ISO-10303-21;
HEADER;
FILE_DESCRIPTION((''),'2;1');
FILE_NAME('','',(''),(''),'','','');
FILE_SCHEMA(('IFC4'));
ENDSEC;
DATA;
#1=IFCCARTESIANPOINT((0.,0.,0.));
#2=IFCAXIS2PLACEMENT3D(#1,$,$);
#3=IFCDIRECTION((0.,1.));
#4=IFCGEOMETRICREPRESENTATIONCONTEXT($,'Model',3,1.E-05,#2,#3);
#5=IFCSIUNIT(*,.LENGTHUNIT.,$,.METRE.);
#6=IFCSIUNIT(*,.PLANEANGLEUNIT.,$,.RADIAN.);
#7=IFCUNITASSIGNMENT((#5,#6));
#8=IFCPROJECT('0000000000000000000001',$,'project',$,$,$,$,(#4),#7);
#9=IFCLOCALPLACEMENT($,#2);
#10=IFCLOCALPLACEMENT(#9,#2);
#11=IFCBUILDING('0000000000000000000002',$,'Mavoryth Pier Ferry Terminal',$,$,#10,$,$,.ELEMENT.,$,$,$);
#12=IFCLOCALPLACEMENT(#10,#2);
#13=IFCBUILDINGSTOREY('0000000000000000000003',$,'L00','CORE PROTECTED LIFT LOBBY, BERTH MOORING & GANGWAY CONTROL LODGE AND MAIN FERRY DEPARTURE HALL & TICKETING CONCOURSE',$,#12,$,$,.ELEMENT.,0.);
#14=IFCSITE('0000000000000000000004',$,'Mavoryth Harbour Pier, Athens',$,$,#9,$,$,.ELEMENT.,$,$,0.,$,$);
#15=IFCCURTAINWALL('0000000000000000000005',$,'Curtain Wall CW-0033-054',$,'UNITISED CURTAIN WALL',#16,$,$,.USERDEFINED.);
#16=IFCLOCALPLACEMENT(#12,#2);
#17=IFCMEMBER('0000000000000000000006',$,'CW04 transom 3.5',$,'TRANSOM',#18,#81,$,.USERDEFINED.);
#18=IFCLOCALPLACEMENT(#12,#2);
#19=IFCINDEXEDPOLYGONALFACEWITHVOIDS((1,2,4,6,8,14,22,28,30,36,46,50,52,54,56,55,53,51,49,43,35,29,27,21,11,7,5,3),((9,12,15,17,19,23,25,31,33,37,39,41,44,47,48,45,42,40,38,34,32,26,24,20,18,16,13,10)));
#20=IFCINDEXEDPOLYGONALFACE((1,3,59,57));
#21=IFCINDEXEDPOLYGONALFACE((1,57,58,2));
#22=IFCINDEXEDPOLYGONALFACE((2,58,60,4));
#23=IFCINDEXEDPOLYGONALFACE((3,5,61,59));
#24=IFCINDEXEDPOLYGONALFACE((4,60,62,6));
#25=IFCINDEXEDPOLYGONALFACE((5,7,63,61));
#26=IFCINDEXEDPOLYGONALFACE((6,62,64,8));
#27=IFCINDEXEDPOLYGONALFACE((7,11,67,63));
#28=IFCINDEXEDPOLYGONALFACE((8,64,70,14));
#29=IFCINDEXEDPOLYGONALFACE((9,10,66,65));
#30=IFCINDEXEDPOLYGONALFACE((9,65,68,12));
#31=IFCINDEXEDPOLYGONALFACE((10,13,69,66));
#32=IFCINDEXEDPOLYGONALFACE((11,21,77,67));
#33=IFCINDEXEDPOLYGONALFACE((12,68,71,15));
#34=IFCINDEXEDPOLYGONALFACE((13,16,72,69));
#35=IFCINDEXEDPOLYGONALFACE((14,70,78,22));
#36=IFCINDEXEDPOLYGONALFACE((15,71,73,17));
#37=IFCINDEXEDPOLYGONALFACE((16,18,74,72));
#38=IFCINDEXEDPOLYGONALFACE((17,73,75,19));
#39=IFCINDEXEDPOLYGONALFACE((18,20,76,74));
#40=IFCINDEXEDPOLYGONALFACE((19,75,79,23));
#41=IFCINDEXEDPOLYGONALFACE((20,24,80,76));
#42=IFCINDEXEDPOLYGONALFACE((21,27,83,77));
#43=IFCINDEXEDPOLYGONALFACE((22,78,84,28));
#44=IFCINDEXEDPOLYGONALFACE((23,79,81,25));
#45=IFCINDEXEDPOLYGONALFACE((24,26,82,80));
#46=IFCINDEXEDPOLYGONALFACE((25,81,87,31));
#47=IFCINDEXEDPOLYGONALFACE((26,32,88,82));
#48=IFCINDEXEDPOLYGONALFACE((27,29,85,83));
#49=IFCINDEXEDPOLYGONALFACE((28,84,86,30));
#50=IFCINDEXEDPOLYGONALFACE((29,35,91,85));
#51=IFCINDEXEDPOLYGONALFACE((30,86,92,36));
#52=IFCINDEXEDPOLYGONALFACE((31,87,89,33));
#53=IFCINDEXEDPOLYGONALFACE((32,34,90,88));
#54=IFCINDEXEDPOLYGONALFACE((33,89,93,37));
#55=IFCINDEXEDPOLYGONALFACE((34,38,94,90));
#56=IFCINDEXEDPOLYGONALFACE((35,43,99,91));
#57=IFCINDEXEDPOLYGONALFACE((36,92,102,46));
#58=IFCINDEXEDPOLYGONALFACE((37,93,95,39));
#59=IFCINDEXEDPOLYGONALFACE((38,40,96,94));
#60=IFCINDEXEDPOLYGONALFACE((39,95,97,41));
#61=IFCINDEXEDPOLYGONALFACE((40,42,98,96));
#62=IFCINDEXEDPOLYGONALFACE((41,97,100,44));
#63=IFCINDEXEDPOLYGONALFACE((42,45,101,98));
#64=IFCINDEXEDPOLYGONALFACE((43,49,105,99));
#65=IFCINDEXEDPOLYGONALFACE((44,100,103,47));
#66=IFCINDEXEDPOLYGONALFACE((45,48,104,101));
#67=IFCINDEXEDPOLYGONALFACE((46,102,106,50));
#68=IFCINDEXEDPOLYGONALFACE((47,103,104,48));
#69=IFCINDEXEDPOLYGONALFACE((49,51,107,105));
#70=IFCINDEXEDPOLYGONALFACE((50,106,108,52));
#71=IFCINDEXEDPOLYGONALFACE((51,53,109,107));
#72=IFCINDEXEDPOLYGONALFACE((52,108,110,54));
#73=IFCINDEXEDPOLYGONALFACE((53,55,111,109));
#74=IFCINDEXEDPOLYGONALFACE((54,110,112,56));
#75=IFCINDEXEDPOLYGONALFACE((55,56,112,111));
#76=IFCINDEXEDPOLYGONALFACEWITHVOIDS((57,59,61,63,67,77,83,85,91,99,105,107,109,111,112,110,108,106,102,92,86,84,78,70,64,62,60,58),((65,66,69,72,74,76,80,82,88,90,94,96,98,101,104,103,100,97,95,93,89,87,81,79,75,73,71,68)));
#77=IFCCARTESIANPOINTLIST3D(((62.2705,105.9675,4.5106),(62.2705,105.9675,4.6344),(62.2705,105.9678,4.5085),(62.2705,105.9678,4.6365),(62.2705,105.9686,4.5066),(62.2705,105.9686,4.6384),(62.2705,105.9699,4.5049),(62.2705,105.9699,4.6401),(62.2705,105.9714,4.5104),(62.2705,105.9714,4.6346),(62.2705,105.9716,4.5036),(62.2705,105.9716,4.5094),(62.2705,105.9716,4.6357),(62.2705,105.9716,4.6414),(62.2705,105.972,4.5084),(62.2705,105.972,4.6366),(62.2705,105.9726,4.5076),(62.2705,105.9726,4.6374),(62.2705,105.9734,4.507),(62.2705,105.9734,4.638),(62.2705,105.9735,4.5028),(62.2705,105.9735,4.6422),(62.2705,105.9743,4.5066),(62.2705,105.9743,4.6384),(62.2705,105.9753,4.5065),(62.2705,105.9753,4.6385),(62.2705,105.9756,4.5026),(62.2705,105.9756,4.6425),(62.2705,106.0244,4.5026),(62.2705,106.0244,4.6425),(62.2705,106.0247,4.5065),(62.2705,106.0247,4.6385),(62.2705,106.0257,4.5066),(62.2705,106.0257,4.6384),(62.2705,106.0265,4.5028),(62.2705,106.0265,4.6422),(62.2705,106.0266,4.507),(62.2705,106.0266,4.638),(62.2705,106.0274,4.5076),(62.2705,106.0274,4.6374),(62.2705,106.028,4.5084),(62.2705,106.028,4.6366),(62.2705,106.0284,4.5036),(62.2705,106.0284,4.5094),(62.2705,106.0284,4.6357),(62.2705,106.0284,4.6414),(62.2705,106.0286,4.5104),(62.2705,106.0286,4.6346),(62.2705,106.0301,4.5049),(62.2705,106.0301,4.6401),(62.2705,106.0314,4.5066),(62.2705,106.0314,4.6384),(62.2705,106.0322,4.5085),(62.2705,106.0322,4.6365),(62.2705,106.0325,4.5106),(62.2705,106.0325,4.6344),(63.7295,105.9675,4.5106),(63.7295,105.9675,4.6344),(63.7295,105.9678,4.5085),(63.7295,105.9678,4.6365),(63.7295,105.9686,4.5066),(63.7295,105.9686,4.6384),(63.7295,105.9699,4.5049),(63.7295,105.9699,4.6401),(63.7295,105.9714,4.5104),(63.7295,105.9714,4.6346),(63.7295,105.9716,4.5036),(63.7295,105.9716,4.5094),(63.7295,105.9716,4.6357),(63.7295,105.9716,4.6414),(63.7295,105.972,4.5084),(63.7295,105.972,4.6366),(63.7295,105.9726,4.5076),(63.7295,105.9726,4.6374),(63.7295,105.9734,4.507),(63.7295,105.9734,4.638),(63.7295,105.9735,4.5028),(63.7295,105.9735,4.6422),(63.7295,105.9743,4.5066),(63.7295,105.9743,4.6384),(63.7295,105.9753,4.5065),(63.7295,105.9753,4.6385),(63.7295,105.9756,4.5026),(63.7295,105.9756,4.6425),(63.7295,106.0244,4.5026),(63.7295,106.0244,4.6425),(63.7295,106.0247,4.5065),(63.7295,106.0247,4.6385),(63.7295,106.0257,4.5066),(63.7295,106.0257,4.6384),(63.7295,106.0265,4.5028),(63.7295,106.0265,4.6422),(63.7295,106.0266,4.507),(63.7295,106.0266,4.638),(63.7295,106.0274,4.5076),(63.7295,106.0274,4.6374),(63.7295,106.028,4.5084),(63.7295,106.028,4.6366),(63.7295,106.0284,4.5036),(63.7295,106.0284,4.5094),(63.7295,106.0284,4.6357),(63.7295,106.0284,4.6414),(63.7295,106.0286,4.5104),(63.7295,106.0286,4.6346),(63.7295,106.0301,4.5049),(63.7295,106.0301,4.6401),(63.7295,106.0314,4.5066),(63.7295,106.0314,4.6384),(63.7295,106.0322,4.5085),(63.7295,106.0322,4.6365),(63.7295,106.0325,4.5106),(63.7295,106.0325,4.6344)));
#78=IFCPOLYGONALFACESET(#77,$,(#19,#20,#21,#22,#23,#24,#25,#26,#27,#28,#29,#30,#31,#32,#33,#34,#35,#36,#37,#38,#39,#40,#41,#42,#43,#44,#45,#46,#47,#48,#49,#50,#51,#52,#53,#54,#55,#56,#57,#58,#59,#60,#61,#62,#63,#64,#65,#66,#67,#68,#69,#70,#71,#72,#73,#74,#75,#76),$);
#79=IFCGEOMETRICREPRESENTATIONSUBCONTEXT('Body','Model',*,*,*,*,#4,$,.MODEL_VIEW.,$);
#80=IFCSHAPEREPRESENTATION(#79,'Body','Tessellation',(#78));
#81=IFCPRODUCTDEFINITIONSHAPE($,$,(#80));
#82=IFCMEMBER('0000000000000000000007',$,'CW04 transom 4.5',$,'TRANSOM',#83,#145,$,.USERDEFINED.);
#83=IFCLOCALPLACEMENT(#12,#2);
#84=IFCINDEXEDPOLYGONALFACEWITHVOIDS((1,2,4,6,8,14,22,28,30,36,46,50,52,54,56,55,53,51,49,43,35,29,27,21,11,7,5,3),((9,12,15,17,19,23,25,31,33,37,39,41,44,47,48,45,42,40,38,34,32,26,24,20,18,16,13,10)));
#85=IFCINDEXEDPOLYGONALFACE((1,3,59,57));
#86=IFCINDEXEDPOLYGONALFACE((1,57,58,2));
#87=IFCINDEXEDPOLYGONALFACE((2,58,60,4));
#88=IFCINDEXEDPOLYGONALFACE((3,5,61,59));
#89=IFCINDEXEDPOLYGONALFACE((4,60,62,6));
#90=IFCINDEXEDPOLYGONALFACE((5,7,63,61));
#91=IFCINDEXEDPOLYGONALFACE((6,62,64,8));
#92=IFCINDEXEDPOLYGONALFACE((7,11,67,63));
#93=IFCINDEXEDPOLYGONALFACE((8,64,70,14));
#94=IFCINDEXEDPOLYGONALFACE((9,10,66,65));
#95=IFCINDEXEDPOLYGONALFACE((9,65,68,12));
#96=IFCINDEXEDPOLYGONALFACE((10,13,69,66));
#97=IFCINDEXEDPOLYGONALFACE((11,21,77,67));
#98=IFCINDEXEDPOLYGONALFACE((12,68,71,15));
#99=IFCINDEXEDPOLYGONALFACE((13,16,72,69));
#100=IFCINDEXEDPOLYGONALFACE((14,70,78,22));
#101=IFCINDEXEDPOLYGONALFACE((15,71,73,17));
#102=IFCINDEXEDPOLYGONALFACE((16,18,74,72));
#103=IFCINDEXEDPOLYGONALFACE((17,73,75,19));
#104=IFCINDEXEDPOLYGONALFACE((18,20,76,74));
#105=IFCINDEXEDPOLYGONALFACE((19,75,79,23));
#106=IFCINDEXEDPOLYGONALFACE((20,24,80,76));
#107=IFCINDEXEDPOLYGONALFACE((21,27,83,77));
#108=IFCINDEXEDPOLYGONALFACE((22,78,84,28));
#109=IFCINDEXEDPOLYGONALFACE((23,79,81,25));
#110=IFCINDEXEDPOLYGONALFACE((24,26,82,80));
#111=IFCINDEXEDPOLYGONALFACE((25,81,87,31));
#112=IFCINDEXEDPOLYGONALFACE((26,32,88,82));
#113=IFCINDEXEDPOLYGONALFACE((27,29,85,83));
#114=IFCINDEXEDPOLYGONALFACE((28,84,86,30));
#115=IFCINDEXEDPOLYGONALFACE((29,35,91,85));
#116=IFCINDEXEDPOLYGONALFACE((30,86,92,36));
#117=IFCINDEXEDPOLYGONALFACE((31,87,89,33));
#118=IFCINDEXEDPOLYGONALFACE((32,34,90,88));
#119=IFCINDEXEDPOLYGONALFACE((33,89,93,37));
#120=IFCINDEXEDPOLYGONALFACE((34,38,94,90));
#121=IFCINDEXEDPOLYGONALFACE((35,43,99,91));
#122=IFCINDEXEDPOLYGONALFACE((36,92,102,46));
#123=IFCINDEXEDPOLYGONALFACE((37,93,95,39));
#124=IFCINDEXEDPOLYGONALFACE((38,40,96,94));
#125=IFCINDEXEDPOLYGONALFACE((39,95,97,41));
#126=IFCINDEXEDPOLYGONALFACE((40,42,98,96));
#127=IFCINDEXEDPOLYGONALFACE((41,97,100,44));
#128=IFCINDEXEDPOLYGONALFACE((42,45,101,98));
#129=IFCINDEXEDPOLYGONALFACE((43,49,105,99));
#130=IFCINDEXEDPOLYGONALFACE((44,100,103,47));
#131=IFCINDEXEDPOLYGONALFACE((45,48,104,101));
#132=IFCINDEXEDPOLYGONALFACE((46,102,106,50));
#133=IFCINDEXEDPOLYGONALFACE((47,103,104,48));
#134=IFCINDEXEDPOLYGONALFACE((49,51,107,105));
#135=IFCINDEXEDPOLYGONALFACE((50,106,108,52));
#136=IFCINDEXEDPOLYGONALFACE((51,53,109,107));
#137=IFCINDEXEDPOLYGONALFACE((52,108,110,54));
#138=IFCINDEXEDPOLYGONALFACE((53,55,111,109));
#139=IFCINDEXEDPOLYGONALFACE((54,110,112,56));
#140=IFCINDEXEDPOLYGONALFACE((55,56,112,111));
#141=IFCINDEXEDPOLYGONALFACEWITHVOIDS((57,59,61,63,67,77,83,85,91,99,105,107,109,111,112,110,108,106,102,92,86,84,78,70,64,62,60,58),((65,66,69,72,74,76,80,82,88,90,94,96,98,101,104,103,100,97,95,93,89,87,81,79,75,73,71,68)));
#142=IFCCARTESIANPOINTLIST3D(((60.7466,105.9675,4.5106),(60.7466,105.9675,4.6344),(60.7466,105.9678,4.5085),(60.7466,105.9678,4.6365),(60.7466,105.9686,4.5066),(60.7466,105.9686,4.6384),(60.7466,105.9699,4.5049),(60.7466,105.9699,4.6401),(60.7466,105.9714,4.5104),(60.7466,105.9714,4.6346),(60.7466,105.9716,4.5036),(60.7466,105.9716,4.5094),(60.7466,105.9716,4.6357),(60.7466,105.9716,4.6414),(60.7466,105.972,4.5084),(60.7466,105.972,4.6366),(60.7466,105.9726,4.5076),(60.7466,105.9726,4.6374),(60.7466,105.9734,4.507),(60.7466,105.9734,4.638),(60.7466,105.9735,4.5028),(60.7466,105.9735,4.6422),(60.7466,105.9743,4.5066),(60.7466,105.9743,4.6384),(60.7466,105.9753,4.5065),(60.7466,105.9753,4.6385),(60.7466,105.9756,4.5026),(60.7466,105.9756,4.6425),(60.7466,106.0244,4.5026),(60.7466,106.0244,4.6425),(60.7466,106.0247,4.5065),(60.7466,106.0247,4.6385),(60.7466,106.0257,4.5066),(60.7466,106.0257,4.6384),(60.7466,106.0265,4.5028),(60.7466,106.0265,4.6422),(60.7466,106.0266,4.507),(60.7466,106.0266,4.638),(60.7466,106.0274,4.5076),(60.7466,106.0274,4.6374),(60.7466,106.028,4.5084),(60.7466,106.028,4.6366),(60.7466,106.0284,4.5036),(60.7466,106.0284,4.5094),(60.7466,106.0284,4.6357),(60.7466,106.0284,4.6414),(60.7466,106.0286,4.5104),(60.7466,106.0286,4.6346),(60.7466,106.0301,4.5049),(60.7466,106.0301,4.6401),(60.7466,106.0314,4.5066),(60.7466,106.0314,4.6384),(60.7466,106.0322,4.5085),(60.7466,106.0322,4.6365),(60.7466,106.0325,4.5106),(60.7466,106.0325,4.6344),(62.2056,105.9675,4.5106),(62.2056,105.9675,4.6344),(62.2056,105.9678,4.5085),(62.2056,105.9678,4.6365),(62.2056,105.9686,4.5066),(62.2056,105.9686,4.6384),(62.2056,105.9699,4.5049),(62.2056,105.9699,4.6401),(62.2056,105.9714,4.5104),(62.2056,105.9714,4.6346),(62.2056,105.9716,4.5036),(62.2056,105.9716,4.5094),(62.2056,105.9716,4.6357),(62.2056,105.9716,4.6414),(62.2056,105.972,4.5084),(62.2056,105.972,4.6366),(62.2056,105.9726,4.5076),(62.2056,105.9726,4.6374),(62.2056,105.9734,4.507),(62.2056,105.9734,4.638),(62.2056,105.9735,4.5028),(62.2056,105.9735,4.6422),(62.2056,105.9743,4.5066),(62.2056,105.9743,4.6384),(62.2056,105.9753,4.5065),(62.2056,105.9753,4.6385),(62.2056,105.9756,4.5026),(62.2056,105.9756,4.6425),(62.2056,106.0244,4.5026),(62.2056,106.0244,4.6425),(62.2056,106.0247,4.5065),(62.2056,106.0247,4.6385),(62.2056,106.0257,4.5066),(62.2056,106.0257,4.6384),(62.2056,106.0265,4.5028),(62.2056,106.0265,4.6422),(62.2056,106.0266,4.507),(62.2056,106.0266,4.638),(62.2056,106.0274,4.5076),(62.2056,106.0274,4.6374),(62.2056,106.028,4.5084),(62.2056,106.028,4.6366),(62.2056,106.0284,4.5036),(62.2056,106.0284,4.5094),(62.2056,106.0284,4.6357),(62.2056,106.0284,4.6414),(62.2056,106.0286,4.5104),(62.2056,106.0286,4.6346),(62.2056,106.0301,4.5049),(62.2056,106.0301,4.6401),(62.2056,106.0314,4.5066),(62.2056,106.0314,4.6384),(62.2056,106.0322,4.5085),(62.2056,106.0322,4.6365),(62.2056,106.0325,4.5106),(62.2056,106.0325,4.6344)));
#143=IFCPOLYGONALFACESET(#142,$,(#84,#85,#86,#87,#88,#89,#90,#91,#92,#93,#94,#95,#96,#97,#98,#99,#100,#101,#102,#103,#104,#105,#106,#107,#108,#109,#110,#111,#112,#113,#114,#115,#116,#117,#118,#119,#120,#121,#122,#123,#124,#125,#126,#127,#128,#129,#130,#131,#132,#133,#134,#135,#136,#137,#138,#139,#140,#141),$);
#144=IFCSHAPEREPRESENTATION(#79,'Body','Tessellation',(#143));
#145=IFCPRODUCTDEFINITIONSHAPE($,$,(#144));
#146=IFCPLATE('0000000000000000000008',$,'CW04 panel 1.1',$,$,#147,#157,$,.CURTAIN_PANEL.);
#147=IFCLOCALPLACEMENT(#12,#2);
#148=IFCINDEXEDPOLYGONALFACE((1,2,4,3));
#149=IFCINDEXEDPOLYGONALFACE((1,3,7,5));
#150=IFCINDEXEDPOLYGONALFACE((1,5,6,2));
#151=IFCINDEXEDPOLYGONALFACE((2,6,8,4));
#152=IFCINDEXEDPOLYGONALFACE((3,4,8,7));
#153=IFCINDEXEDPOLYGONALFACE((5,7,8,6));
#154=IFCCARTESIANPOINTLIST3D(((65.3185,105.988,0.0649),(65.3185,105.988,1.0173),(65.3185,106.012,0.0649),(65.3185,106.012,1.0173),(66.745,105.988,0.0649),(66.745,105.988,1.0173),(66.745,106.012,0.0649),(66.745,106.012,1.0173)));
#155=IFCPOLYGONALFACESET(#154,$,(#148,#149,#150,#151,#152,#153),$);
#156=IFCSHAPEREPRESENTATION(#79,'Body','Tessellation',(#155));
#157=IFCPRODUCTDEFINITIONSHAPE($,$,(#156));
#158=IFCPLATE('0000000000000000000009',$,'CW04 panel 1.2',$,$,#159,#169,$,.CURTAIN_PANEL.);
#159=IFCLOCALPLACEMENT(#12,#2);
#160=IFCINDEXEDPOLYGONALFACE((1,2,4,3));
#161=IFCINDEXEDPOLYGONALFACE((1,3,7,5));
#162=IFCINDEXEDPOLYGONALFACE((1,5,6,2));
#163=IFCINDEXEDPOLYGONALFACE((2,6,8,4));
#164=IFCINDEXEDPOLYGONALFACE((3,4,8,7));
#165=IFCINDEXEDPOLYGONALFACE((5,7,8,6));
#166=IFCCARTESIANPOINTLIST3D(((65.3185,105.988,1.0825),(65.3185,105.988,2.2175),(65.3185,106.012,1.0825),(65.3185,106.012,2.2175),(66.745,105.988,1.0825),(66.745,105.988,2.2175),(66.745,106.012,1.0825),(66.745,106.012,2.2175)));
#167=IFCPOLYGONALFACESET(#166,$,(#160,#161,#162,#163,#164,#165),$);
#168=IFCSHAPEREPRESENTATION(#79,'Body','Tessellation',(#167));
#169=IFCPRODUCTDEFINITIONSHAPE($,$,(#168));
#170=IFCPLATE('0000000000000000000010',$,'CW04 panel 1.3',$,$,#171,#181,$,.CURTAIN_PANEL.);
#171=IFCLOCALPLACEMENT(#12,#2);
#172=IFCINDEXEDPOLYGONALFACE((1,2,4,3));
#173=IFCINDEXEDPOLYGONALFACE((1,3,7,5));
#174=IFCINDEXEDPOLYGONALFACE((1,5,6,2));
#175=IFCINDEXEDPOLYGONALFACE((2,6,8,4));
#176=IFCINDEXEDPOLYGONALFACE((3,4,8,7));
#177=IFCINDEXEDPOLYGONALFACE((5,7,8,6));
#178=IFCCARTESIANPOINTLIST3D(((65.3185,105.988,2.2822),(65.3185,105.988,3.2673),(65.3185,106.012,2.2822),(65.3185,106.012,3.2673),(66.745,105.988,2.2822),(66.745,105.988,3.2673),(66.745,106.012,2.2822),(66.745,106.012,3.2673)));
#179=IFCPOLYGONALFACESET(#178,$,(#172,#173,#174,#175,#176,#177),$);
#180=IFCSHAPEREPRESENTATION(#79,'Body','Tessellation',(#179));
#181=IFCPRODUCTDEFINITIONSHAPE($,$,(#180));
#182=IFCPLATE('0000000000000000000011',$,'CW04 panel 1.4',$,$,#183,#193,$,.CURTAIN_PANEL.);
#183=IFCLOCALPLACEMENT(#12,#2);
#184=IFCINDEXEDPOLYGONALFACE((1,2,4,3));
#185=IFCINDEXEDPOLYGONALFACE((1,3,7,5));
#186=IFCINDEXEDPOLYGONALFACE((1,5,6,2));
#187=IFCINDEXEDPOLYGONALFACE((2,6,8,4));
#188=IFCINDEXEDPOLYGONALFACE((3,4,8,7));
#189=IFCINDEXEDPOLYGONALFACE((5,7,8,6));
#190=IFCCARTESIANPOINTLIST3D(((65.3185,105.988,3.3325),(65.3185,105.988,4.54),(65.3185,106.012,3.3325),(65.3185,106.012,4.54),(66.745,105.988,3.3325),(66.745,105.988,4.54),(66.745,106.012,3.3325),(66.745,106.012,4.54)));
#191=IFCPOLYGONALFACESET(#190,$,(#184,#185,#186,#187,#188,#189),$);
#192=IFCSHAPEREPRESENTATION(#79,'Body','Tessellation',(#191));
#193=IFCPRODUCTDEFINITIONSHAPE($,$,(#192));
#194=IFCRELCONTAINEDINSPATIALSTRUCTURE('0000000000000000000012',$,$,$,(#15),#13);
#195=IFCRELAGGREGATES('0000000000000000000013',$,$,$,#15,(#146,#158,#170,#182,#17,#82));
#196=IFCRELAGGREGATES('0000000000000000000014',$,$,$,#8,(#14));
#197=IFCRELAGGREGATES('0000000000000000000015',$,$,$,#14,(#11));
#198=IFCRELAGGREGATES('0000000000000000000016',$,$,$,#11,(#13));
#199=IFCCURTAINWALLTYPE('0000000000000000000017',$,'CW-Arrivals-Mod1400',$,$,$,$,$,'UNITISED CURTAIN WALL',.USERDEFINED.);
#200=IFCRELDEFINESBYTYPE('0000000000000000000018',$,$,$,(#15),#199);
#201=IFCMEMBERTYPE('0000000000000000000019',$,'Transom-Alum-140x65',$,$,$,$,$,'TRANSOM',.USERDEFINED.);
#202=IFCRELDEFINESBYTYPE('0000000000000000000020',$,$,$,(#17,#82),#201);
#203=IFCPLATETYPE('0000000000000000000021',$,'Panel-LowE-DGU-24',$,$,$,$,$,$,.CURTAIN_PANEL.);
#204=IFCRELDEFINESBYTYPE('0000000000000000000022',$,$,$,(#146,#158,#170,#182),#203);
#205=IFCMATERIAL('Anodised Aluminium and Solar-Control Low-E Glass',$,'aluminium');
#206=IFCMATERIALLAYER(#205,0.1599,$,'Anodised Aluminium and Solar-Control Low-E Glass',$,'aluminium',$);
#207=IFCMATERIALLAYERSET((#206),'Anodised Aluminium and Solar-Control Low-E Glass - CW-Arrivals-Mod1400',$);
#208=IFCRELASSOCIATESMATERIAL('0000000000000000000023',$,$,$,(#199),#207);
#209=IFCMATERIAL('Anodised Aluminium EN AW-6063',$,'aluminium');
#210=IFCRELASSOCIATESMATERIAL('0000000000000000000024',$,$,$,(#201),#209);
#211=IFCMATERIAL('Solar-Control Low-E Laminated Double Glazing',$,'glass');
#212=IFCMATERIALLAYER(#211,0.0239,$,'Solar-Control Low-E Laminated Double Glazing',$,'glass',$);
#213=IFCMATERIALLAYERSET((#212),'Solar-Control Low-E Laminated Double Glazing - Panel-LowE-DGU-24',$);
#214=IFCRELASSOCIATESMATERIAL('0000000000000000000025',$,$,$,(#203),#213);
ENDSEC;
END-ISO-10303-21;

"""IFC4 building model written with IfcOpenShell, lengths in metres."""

from ifc_helpers import new_model, si_unit, direction, frame, origin, origin_2d, place, context, subcontext, project, spatial, rectangle, hollow_rectangle, extrude, material, layer, layer_set, material_profile, profile_set, type_object, element, aggregate, save


model = new_model("IFC4")

# Units and contexts
model_context = context("Model", 3, precision=1e-05, world=origin(), true_north=direction((0.0, 1.0)))
body_context = subcontext(model_context, "Body", "Model", "MODEL_VIEW")
ifc_project = project(units=[si_unit("LENGTHUNIT", "METRE"), si_unit("PLANEANGLEUNIT", "RADIAN")], contexts=[model_context])

# Site, building, storey
site_placement = place(None, origin())
site = spatial("IfcSite", under=ifc_project, at=site_placement, Name="Mavoryth Harbour Pier, Athens", CompositionType="ELEMENT", RefElevation=0.0)
building_placement = place(site_placement, origin())
building = spatial("IfcBuilding", under=site, at=building_placement, Name="Mavoryth Pier Ferry Terminal", CompositionType="ELEMENT")
storey_placement = place(building_placement, origin())
storey = spatial("IfcBuildingStorey", under=building, at=storey_placement, Name="L00", Description="CORE PROTECTED LIFT LOBBY, BERTH MOORING & GANGWAY CONTROL LODGE AND MAIN FERRY DEPARTURE HALL & TICKETING CONCOURSE", CompositionType="ELEMENT", Elevation=0.0)

# Curtain wall, members, plates
ifc_material_1 = material(Name="Anodised Aluminium and Solar-Control Low-E Glass", Category="aluminium")
ifc_layer_1 = layer(ifc_material_1, 0.1599, Name="Anodised Aluminium and Solar-Control Low-E Glass", Category="aluminium")
ifc_layer_set_1 = layer_set([ifc_layer_1], Name="Anodised Aluminium and Solar-Control Low-E Glass - CW-Arrivals-Mod1400")
curtain_wall_type = type_object("IfcCurtainWallType", Name="CW-Arrivals-Mod1400", ElementType="UNITISED CURTAIN WALL", PredefinedType="USERDEFINED", material=ifc_layer_set_1)
curtain_wall_placement = place(storey_placement, origin())
curtain_wall = element("IfcCurtainWall", 1, at=curtain_wall_placement, inside=storey, type_object=curtain_wall_type, Name="Curtain Wall CW-0033-054", ObjectType="UNITISED CURTAIN WALL", PredefinedType="USERDEFINED")
ifc_material_2 = material(Name="Anodised Aluminium EN AW-6063", Category="aluminium")
ifc_material_profile_1 = material_profile(ifc_material_2, hollow_rectangle(XDim=0.0649, YDim=0.1399, WallThickness=0.0039, InnerFilletRadius=0.0039, OuterFilletRadius=0.0081, at=origin_2d()), Name="AL-TRAN 140x65x4", Category="aluminium")
ifc_profile_set_1 = profile_set([ifc_material_profile_1], Name="Anodised Aluminium EN AW-6063 - AL-TRAN 140x65x4")
member_type_1 = type_object("IfcMemberType", Name="Transom-Alum-140x65", ElementType="TRANSOM", PredefinedType="USERDEFINED", material=ifc_profile_set_1)
member_1_placement = place(storey_placement, frame((63.7295, 106.0, 4.5725), z_axis=(-1.0, 0.0, 0.0), x_axis=(0.0, -1.0, 0.0)))
member_1 = element("IfcMember", 2, at=member_1_placement, type_object=member_type_1, Name="CW04 transom 3.5", ObjectType="TRANSOM", PredefinedType="USERDEFINED", context=body_context, shape_type="SweptSolid", body=[
    extrude(hollow_rectangle(XDim=0.0649, YDim=0.1399, WallThickness=0.0039, InnerFilletRadius=0.0039, OuterFilletRadius=0.0081, at=origin_2d()), origin(), (0.0, 0.0, 1.0), 1.459),
])
member_2_placement = place(storey_placement, frame((62.2056, 106.0, 4.5725), z_axis=(-1.0, 0.0, 0.0), x_axis=(0.0, -1.0, 0.0)))
member_2 = element("IfcMember", 3, at=member_2_placement, type_object=member_type_1, Name="CW04 transom 4.5", ObjectType="TRANSOM", PredefinedType="USERDEFINED", context=body_context, shape_type="SweptSolid", body=[
    extrude(hollow_rectangle(XDim=0.0649, YDim=0.1399, WallThickness=0.0039, InnerFilletRadius=0.0039, OuterFilletRadius=0.0081, at=origin_2d()), origin(), (0.0, 0.0, 1.0), 1.459),
])
ifc_material_3 = material(Name="Solar-Control Low-E Laminated Double Glazing", Category="glass")
ifc_layer_2 = layer(ifc_material_3, 0.0239, Name="Solar-Control Low-E Laminated Double Glazing", Category="glass")
ifc_layer_set_2 = layer_set([ifc_layer_2], Name="Solar-Control Low-E Laminated Double Glazing - Panel-LowE-DGU-24")
plate_type = type_object("IfcPlateType", Name="Panel-LowE-DGU-24", PredefinedType="CURTAIN_PANEL", material=ifc_layer_set_2)
plate_1_placement = place(storey_placement, frame((66.0317, 106.0, 0.0649), z_axis=(0.0, 0.0, 1.0), x_axis=(-1.0, 0.0, 0.0)))
plate_1 = element("IfcPlate", 4, at=plate_1_placement, type_object=plate_type, Name="CW04 panel 1.1", PredefinedType="CURTAIN_PANEL", context=body_context, shape_type="SweptSolid", body=[
    extrude(rectangle(XDim=1.4265, YDim=0.0239, at=origin_2d()), origin(), (0.0, 0.0, 1.0), 0.9524),
])
plate_2_placement = place(storey_placement, frame((66.0317, 106.0, 1.0825), z_axis=(0.0, 0.0, 1.0), x_axis=(-1.0, 0.0, 0.0)))
plate_2 = element("IfcPlate", 5, at=plate_2_placement, type_object=plate_type, Name="CW04 panel 1.2", PredefinedType="CURTAIN_PANEL", context=body_context, shape_type="SweptSolid", body=[
    extrude(rectangle(XDim=1.4265, YDim=0.0239, at=origin_2d()), origin(), (0.0, 0.0, 1.0), 1.135),
])
plate_3_placement = place(storey_placement, frame((66.0317, 106.0, 2.2822), z_axis=(0.0, 0.0, 1.0), x_axis=(-1.0, 0.0, 0.0)))
plate_3 = element("IfcPlate", 6, at=plate_3_placement, type_object=plate_type, Name="CW04 panel 1.3", PredefinedType="CURTAIN_PANEL", context=body_context, shape_type="SweptSolid", body=[
    extrude(rectangle(XDim=1.4265, YDim=0.0239, at=origin_2d()), origin(), (0.0, 0.0, 1.0), 0.9851),
])
plate_4_placement = place(storey_placement, frame((66.0317, 106.0, 3.3325), z_axis=(0.0, 0.0, 1.0), x_axis=(-1.0, 0.0, 0.0)))
plate_4 = element("IfcPlate", 7, at=plate_4_placement, type_object=plate_type, Name="CW04 panel 1.4", PredefinedType="CURTAIN_PANEL", context=body_context, shape_type="SweptSolid", body=[
    extrude(rectangle(XDim=1.4265, YDim=0.0239, at=origin_2d()), origin(), (0.0, 0.0, 1.0), 1.2075),
])
aggregate(curtain_wall, [plate_1, plate_2, plate_3, plate_4, member_1, member_2])

save(model, "model.ifc")
